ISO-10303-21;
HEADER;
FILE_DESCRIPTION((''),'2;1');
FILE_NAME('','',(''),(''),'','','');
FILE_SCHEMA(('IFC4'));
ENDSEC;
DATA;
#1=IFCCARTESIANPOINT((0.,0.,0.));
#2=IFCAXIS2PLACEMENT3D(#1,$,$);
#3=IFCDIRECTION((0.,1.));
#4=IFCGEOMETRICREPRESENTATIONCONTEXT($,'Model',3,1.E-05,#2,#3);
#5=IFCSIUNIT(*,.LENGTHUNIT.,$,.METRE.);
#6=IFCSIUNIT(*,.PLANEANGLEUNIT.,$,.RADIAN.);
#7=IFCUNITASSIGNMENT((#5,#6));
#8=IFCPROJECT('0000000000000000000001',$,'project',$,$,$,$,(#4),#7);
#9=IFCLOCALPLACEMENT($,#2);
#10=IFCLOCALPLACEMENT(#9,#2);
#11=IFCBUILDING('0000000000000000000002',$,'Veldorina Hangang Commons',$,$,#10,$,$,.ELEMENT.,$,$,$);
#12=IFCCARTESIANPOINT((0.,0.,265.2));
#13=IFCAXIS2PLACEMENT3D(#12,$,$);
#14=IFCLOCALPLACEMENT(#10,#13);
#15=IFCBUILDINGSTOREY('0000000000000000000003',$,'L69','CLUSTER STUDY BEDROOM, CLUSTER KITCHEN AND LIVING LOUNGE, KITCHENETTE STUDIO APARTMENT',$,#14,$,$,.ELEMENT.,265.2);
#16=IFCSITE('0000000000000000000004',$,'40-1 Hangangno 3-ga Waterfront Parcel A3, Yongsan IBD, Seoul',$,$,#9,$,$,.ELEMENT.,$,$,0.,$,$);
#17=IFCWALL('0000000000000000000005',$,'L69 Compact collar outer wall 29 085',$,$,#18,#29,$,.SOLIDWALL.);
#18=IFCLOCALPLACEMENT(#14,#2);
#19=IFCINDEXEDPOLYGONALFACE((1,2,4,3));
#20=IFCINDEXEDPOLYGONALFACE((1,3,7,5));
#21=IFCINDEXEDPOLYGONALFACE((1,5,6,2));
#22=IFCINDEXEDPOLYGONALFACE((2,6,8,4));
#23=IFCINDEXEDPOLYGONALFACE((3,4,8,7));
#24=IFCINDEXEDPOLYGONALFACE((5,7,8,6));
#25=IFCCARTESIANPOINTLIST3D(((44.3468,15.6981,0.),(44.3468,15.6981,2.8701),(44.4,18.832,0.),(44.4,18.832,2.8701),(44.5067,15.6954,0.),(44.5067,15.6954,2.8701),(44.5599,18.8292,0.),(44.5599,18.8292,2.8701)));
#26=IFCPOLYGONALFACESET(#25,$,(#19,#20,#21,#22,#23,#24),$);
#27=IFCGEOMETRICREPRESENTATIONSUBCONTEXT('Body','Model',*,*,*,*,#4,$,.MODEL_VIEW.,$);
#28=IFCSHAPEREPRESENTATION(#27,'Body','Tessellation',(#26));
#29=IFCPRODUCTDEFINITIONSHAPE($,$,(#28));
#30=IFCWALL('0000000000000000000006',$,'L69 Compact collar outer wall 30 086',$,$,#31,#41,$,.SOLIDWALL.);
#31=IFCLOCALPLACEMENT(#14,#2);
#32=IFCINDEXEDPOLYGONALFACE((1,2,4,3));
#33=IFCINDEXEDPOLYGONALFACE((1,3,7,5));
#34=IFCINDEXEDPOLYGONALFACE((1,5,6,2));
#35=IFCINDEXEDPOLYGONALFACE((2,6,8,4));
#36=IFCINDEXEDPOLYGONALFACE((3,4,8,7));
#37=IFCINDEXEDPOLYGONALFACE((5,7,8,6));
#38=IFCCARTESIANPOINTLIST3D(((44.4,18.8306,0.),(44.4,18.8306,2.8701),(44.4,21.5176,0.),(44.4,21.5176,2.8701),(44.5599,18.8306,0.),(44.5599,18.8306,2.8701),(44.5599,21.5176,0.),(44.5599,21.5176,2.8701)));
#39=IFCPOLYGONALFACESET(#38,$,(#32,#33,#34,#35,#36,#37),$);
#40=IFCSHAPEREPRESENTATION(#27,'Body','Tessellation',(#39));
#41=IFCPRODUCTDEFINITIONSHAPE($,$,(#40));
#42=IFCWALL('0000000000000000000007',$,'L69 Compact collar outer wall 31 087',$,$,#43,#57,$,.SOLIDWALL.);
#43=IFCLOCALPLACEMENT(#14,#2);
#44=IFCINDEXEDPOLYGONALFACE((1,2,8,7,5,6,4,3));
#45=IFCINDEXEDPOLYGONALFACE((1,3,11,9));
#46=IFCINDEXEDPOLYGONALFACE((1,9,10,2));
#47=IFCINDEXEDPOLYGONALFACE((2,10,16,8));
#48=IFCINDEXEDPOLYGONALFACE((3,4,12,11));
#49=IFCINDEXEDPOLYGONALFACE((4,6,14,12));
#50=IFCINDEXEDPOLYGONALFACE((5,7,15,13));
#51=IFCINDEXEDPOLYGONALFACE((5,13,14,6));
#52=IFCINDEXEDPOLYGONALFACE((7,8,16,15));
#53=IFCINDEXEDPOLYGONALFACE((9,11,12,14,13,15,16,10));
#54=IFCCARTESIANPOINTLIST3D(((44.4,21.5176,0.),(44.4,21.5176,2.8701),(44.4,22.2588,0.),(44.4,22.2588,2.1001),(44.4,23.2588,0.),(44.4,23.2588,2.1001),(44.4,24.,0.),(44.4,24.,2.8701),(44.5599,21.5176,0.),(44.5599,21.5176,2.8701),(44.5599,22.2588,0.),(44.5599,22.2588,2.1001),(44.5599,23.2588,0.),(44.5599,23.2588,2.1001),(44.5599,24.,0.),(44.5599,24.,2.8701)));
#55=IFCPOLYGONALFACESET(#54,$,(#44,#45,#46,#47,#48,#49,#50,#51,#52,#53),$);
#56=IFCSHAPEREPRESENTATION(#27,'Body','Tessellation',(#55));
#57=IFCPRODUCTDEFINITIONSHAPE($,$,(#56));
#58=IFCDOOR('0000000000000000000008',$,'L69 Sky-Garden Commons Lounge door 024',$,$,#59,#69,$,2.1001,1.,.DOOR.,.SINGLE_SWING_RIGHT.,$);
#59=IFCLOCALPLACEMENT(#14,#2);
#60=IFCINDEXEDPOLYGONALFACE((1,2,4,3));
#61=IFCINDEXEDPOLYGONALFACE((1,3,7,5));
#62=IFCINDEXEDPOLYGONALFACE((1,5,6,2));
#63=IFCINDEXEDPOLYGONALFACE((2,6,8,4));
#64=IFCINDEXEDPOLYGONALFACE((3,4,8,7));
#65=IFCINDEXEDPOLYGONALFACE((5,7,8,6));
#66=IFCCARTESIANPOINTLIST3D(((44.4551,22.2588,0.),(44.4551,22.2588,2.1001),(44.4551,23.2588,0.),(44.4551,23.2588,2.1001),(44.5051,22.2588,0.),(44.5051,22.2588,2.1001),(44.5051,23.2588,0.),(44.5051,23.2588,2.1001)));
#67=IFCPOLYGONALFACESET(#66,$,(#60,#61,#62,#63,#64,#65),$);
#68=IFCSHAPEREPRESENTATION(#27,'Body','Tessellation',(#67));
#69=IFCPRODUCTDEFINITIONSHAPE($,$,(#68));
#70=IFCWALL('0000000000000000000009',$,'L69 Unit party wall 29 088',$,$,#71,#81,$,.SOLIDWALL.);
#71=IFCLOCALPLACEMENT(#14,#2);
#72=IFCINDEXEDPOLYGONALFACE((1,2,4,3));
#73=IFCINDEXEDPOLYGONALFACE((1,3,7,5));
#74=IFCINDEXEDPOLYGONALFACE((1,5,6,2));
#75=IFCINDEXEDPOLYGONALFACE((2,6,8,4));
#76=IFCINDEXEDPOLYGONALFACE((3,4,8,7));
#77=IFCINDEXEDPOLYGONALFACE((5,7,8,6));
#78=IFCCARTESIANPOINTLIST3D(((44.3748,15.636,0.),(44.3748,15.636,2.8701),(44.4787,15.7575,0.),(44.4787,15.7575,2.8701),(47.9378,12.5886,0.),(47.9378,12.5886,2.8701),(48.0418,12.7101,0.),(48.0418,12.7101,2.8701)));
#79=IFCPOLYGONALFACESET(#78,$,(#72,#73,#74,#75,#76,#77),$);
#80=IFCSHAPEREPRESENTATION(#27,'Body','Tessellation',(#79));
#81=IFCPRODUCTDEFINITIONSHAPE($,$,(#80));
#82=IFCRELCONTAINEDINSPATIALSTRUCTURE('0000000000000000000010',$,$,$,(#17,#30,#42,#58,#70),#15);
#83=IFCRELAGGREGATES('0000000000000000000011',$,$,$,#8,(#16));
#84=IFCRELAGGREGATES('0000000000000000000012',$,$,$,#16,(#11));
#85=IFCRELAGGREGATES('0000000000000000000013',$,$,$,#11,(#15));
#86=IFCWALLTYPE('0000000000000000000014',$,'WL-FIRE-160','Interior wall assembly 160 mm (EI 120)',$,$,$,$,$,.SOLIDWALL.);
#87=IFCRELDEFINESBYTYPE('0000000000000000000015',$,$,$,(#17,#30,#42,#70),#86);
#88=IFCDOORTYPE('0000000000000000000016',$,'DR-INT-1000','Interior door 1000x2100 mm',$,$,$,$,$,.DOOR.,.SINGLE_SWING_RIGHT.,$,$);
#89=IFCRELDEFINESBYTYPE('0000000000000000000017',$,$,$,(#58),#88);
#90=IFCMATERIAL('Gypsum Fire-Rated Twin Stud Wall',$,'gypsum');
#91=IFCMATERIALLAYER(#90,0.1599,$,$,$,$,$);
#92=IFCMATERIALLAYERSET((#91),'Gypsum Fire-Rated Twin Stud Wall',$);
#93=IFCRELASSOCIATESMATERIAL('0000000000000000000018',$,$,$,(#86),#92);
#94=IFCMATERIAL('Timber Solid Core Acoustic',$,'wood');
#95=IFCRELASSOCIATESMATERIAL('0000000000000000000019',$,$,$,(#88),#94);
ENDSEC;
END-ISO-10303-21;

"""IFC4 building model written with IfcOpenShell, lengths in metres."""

from ifc_helpers import new_model, si_unit, direction, frame, frame_2d, origin, place, context, subcontext, project, spatial, rectangle, extrude, material, layer, layer_set, type_object, element, fill, save


model = new_model("IFC4")

# Units and contexts
model_context = context("Model", 3, precision=1e-05, world=origin(), true_north=direction((0.0, 1.0)))
body_context = subcontext(model_context, "Body", "Model", "MODEL_VIEW")
ifc_project = project(units=[si_unit("LENGTHUNIT", "METRE"), si_unit("PLANEANGLEUNIT", "RADIAN")], contexts=[model_context])

# Site, building, storey
site_placement = place(None, origin())
site = spatial("IfcSite", under=ifc_project, at=site_placement, Name="40-1 Hangangno 3-ga Waterfront Parcel A3, Yongsan IBD, Seoul", CompositionType="ELEMENT", RefElevation=0.0)
building_placement = place(site_placement, origin())
building = spatial("IfcBuilding", under=site, at=building_placement, Name="Veldorina Hangang Commons", CompositionType="ELEMENT")
storey_placement = place(building_placement, frame((0.0, 0.0, 265.2)))
storey = spatial("IfcBuildingStorey", under=building, at=storey_placement, Name="L69", Description="CLUSTER STUDY BEDROOM, CLUSTER KITCHEN AND LIVING LOUNGE, KITCHENETTE STUDIO APARTMENT", CompositionType="ELEMENT", Elevation=265.2)

# Walls
ifc_material_1 = material(Name="Gypsum Fire-Rated Twin Stud Wall", Category="gypsum")
ifc_layer_1 = layer(ifc_material_1, 0.1599)
ifc_layer_set_1 = layer_set([ifc_layer_1], Name="Gypsum Fire-Rated Twin Stud Wall")
wall_type_1 = type_object("IfcWallType", Name="WL-FIRE-160", Description="Interior wall assembly 160 mm (EI 120)", PredefinedType="SOLIDWALL", material=ifc_layer_set_1)
wall_1_placement = place(storey_placement, frame((44.4268, 15.6968, 0.0), z_axis=(0.0, 0.0, 1.0), x_axis=(0.016981, 0.999856, 0.0)))
element("IfcWall", 1, at=wall_1_placement, inside=storey, type_object=wall_type_1, Name="L69 Compact collar outer wall 29 085", PredefinedType="SOLIDWALL", context=body_context, shape_type="SweptSolid", body=[
    extrude(rectangle(XDim=3.1343, YDim=0.1599, at=frame_2d((1.5671, 0.0))), origin(), (0.0, 0.0, 1.0), 2.8701),
])
wall_2_placement = place(storey_placement, frame((44.48, 18.8306, 0.0), z_axis=(0.0, 0.0, 1.0), x_axis=(0.0, 1.0, 0.0)))
element("IfcWall", 2, at=wall_2_placement, inside=storey, type_object=wall_type_1, Name="L69 Compact collar outer wall 30 086", PredefinedType="SOLIDWALL", context=body_context, shape_type="SweptSolid", body=[
    extrude(rectangle(XDim=2.687, YDim=0.1599, at=frame_2d((1.3435, 0.0))), origin(), (0.0, 0.0, 1.0), 2.8701),
])

# Wall, opening, door
wall_3_placement = place(storey_placement, frame((44.48, 21.5176, 0.0), z_axis=(0.0, 0.0, 1.0), x_axis=(0.0, 1.0, 0.0)))
wall_3 = element("IfcWall", 3, at=wall_3_placement, inside=storey, type_object=wall_type_1, Name="L69 Compact collar outer wall 31 087", PredefinedType="SOLIDWALL", context=body_context, shape_type="SweptSolid", body=[
    extrude(rectangle(XDim=2.4824, YDim=0.1599, at=frame_2d((1.2412, 0.0))), origin(), (0.0, 0.0, 1.0), 2.8701),
])
opening_1_placement = place(wall_3_placement, frame((0.7412, 0.0, 0.0)))
opening_1 = element("IfcOpeningElement", 4, at=opening_1_placement, cuts=wall_3, PredefinedType="OPENING", context=body_context, shape_type="SweptSolid", body=[
    extrude(rectangle(XDim=1.0, YDim=2.1001, at=frame_2d((0.5, 1.05))), frame((0.0, 0.0898, 0.0), z_axis=(0.0, -1.0, 0.0), x_axis=(1.0, 0.0, 0.0)), (0.0, 0.0, 1.0), 0.1799),
])
ifc_material_2 = material(Name="Timber Solid Core Acoustic", Category="wood")
door_type_1 = type_object("IfcDoorType", Name="DR-INT-1000", Description="Interior door 1000x2100 mm", OperationType="SINGLE_SWING_RIGHT", PredefinedType="DOOR", material=ifc_material_2)
door_1_placement = place(opening_1_placement, origin())
door_1 = element("IfcDoor", 5, at=door_1_placement, inside=storey, type_object=door_type_1, Name="L69 Sky-Garden Commons Lounge door 024", OperationType="SINGLE_SWING_RIGHT", OverallHeight=2.1001, OverallWidth=1.0, PredefinedType="DOOR", context=body_context, shape_type="SweptSolid", body=[
    extrude(rectangle(XDim=1.0, YDim=2.1001, at=frame_2d((0.5, 1.05))), frame((0.0, 0.0249, 0.0), z_axis=(0.0, -1.0, 0.0), x_axis=(1.0, 0.0, 0.0)), (0.0, 0.0, 1.0), 0.05),
])
fill(opening_1, door_1)

# Wall
wall_4_placement = place(storey_placement, frame((44.4268, 15.6968, 0.0), z_axis=(0.0, 0.0, 1.0), x_axis=(0.759955, -0.649976, 0.0)))
element("IfcWall", 6, at=wall_4_placement, inside=storey, type_object=wall_type_1, Name="L69 Unit party wall 29 088", PredefinedType="SOLIDWALL", context=body_context, shape_type="SweptSolid", body=[
    extrude(rectangle(XDim=4.6885, YDim=0.1599, at=frame_2d((2.3442, 0.0))), origin(), (0.0, 0.0, 1.0), 2.8701),
])

save(model, "model.ifc")
